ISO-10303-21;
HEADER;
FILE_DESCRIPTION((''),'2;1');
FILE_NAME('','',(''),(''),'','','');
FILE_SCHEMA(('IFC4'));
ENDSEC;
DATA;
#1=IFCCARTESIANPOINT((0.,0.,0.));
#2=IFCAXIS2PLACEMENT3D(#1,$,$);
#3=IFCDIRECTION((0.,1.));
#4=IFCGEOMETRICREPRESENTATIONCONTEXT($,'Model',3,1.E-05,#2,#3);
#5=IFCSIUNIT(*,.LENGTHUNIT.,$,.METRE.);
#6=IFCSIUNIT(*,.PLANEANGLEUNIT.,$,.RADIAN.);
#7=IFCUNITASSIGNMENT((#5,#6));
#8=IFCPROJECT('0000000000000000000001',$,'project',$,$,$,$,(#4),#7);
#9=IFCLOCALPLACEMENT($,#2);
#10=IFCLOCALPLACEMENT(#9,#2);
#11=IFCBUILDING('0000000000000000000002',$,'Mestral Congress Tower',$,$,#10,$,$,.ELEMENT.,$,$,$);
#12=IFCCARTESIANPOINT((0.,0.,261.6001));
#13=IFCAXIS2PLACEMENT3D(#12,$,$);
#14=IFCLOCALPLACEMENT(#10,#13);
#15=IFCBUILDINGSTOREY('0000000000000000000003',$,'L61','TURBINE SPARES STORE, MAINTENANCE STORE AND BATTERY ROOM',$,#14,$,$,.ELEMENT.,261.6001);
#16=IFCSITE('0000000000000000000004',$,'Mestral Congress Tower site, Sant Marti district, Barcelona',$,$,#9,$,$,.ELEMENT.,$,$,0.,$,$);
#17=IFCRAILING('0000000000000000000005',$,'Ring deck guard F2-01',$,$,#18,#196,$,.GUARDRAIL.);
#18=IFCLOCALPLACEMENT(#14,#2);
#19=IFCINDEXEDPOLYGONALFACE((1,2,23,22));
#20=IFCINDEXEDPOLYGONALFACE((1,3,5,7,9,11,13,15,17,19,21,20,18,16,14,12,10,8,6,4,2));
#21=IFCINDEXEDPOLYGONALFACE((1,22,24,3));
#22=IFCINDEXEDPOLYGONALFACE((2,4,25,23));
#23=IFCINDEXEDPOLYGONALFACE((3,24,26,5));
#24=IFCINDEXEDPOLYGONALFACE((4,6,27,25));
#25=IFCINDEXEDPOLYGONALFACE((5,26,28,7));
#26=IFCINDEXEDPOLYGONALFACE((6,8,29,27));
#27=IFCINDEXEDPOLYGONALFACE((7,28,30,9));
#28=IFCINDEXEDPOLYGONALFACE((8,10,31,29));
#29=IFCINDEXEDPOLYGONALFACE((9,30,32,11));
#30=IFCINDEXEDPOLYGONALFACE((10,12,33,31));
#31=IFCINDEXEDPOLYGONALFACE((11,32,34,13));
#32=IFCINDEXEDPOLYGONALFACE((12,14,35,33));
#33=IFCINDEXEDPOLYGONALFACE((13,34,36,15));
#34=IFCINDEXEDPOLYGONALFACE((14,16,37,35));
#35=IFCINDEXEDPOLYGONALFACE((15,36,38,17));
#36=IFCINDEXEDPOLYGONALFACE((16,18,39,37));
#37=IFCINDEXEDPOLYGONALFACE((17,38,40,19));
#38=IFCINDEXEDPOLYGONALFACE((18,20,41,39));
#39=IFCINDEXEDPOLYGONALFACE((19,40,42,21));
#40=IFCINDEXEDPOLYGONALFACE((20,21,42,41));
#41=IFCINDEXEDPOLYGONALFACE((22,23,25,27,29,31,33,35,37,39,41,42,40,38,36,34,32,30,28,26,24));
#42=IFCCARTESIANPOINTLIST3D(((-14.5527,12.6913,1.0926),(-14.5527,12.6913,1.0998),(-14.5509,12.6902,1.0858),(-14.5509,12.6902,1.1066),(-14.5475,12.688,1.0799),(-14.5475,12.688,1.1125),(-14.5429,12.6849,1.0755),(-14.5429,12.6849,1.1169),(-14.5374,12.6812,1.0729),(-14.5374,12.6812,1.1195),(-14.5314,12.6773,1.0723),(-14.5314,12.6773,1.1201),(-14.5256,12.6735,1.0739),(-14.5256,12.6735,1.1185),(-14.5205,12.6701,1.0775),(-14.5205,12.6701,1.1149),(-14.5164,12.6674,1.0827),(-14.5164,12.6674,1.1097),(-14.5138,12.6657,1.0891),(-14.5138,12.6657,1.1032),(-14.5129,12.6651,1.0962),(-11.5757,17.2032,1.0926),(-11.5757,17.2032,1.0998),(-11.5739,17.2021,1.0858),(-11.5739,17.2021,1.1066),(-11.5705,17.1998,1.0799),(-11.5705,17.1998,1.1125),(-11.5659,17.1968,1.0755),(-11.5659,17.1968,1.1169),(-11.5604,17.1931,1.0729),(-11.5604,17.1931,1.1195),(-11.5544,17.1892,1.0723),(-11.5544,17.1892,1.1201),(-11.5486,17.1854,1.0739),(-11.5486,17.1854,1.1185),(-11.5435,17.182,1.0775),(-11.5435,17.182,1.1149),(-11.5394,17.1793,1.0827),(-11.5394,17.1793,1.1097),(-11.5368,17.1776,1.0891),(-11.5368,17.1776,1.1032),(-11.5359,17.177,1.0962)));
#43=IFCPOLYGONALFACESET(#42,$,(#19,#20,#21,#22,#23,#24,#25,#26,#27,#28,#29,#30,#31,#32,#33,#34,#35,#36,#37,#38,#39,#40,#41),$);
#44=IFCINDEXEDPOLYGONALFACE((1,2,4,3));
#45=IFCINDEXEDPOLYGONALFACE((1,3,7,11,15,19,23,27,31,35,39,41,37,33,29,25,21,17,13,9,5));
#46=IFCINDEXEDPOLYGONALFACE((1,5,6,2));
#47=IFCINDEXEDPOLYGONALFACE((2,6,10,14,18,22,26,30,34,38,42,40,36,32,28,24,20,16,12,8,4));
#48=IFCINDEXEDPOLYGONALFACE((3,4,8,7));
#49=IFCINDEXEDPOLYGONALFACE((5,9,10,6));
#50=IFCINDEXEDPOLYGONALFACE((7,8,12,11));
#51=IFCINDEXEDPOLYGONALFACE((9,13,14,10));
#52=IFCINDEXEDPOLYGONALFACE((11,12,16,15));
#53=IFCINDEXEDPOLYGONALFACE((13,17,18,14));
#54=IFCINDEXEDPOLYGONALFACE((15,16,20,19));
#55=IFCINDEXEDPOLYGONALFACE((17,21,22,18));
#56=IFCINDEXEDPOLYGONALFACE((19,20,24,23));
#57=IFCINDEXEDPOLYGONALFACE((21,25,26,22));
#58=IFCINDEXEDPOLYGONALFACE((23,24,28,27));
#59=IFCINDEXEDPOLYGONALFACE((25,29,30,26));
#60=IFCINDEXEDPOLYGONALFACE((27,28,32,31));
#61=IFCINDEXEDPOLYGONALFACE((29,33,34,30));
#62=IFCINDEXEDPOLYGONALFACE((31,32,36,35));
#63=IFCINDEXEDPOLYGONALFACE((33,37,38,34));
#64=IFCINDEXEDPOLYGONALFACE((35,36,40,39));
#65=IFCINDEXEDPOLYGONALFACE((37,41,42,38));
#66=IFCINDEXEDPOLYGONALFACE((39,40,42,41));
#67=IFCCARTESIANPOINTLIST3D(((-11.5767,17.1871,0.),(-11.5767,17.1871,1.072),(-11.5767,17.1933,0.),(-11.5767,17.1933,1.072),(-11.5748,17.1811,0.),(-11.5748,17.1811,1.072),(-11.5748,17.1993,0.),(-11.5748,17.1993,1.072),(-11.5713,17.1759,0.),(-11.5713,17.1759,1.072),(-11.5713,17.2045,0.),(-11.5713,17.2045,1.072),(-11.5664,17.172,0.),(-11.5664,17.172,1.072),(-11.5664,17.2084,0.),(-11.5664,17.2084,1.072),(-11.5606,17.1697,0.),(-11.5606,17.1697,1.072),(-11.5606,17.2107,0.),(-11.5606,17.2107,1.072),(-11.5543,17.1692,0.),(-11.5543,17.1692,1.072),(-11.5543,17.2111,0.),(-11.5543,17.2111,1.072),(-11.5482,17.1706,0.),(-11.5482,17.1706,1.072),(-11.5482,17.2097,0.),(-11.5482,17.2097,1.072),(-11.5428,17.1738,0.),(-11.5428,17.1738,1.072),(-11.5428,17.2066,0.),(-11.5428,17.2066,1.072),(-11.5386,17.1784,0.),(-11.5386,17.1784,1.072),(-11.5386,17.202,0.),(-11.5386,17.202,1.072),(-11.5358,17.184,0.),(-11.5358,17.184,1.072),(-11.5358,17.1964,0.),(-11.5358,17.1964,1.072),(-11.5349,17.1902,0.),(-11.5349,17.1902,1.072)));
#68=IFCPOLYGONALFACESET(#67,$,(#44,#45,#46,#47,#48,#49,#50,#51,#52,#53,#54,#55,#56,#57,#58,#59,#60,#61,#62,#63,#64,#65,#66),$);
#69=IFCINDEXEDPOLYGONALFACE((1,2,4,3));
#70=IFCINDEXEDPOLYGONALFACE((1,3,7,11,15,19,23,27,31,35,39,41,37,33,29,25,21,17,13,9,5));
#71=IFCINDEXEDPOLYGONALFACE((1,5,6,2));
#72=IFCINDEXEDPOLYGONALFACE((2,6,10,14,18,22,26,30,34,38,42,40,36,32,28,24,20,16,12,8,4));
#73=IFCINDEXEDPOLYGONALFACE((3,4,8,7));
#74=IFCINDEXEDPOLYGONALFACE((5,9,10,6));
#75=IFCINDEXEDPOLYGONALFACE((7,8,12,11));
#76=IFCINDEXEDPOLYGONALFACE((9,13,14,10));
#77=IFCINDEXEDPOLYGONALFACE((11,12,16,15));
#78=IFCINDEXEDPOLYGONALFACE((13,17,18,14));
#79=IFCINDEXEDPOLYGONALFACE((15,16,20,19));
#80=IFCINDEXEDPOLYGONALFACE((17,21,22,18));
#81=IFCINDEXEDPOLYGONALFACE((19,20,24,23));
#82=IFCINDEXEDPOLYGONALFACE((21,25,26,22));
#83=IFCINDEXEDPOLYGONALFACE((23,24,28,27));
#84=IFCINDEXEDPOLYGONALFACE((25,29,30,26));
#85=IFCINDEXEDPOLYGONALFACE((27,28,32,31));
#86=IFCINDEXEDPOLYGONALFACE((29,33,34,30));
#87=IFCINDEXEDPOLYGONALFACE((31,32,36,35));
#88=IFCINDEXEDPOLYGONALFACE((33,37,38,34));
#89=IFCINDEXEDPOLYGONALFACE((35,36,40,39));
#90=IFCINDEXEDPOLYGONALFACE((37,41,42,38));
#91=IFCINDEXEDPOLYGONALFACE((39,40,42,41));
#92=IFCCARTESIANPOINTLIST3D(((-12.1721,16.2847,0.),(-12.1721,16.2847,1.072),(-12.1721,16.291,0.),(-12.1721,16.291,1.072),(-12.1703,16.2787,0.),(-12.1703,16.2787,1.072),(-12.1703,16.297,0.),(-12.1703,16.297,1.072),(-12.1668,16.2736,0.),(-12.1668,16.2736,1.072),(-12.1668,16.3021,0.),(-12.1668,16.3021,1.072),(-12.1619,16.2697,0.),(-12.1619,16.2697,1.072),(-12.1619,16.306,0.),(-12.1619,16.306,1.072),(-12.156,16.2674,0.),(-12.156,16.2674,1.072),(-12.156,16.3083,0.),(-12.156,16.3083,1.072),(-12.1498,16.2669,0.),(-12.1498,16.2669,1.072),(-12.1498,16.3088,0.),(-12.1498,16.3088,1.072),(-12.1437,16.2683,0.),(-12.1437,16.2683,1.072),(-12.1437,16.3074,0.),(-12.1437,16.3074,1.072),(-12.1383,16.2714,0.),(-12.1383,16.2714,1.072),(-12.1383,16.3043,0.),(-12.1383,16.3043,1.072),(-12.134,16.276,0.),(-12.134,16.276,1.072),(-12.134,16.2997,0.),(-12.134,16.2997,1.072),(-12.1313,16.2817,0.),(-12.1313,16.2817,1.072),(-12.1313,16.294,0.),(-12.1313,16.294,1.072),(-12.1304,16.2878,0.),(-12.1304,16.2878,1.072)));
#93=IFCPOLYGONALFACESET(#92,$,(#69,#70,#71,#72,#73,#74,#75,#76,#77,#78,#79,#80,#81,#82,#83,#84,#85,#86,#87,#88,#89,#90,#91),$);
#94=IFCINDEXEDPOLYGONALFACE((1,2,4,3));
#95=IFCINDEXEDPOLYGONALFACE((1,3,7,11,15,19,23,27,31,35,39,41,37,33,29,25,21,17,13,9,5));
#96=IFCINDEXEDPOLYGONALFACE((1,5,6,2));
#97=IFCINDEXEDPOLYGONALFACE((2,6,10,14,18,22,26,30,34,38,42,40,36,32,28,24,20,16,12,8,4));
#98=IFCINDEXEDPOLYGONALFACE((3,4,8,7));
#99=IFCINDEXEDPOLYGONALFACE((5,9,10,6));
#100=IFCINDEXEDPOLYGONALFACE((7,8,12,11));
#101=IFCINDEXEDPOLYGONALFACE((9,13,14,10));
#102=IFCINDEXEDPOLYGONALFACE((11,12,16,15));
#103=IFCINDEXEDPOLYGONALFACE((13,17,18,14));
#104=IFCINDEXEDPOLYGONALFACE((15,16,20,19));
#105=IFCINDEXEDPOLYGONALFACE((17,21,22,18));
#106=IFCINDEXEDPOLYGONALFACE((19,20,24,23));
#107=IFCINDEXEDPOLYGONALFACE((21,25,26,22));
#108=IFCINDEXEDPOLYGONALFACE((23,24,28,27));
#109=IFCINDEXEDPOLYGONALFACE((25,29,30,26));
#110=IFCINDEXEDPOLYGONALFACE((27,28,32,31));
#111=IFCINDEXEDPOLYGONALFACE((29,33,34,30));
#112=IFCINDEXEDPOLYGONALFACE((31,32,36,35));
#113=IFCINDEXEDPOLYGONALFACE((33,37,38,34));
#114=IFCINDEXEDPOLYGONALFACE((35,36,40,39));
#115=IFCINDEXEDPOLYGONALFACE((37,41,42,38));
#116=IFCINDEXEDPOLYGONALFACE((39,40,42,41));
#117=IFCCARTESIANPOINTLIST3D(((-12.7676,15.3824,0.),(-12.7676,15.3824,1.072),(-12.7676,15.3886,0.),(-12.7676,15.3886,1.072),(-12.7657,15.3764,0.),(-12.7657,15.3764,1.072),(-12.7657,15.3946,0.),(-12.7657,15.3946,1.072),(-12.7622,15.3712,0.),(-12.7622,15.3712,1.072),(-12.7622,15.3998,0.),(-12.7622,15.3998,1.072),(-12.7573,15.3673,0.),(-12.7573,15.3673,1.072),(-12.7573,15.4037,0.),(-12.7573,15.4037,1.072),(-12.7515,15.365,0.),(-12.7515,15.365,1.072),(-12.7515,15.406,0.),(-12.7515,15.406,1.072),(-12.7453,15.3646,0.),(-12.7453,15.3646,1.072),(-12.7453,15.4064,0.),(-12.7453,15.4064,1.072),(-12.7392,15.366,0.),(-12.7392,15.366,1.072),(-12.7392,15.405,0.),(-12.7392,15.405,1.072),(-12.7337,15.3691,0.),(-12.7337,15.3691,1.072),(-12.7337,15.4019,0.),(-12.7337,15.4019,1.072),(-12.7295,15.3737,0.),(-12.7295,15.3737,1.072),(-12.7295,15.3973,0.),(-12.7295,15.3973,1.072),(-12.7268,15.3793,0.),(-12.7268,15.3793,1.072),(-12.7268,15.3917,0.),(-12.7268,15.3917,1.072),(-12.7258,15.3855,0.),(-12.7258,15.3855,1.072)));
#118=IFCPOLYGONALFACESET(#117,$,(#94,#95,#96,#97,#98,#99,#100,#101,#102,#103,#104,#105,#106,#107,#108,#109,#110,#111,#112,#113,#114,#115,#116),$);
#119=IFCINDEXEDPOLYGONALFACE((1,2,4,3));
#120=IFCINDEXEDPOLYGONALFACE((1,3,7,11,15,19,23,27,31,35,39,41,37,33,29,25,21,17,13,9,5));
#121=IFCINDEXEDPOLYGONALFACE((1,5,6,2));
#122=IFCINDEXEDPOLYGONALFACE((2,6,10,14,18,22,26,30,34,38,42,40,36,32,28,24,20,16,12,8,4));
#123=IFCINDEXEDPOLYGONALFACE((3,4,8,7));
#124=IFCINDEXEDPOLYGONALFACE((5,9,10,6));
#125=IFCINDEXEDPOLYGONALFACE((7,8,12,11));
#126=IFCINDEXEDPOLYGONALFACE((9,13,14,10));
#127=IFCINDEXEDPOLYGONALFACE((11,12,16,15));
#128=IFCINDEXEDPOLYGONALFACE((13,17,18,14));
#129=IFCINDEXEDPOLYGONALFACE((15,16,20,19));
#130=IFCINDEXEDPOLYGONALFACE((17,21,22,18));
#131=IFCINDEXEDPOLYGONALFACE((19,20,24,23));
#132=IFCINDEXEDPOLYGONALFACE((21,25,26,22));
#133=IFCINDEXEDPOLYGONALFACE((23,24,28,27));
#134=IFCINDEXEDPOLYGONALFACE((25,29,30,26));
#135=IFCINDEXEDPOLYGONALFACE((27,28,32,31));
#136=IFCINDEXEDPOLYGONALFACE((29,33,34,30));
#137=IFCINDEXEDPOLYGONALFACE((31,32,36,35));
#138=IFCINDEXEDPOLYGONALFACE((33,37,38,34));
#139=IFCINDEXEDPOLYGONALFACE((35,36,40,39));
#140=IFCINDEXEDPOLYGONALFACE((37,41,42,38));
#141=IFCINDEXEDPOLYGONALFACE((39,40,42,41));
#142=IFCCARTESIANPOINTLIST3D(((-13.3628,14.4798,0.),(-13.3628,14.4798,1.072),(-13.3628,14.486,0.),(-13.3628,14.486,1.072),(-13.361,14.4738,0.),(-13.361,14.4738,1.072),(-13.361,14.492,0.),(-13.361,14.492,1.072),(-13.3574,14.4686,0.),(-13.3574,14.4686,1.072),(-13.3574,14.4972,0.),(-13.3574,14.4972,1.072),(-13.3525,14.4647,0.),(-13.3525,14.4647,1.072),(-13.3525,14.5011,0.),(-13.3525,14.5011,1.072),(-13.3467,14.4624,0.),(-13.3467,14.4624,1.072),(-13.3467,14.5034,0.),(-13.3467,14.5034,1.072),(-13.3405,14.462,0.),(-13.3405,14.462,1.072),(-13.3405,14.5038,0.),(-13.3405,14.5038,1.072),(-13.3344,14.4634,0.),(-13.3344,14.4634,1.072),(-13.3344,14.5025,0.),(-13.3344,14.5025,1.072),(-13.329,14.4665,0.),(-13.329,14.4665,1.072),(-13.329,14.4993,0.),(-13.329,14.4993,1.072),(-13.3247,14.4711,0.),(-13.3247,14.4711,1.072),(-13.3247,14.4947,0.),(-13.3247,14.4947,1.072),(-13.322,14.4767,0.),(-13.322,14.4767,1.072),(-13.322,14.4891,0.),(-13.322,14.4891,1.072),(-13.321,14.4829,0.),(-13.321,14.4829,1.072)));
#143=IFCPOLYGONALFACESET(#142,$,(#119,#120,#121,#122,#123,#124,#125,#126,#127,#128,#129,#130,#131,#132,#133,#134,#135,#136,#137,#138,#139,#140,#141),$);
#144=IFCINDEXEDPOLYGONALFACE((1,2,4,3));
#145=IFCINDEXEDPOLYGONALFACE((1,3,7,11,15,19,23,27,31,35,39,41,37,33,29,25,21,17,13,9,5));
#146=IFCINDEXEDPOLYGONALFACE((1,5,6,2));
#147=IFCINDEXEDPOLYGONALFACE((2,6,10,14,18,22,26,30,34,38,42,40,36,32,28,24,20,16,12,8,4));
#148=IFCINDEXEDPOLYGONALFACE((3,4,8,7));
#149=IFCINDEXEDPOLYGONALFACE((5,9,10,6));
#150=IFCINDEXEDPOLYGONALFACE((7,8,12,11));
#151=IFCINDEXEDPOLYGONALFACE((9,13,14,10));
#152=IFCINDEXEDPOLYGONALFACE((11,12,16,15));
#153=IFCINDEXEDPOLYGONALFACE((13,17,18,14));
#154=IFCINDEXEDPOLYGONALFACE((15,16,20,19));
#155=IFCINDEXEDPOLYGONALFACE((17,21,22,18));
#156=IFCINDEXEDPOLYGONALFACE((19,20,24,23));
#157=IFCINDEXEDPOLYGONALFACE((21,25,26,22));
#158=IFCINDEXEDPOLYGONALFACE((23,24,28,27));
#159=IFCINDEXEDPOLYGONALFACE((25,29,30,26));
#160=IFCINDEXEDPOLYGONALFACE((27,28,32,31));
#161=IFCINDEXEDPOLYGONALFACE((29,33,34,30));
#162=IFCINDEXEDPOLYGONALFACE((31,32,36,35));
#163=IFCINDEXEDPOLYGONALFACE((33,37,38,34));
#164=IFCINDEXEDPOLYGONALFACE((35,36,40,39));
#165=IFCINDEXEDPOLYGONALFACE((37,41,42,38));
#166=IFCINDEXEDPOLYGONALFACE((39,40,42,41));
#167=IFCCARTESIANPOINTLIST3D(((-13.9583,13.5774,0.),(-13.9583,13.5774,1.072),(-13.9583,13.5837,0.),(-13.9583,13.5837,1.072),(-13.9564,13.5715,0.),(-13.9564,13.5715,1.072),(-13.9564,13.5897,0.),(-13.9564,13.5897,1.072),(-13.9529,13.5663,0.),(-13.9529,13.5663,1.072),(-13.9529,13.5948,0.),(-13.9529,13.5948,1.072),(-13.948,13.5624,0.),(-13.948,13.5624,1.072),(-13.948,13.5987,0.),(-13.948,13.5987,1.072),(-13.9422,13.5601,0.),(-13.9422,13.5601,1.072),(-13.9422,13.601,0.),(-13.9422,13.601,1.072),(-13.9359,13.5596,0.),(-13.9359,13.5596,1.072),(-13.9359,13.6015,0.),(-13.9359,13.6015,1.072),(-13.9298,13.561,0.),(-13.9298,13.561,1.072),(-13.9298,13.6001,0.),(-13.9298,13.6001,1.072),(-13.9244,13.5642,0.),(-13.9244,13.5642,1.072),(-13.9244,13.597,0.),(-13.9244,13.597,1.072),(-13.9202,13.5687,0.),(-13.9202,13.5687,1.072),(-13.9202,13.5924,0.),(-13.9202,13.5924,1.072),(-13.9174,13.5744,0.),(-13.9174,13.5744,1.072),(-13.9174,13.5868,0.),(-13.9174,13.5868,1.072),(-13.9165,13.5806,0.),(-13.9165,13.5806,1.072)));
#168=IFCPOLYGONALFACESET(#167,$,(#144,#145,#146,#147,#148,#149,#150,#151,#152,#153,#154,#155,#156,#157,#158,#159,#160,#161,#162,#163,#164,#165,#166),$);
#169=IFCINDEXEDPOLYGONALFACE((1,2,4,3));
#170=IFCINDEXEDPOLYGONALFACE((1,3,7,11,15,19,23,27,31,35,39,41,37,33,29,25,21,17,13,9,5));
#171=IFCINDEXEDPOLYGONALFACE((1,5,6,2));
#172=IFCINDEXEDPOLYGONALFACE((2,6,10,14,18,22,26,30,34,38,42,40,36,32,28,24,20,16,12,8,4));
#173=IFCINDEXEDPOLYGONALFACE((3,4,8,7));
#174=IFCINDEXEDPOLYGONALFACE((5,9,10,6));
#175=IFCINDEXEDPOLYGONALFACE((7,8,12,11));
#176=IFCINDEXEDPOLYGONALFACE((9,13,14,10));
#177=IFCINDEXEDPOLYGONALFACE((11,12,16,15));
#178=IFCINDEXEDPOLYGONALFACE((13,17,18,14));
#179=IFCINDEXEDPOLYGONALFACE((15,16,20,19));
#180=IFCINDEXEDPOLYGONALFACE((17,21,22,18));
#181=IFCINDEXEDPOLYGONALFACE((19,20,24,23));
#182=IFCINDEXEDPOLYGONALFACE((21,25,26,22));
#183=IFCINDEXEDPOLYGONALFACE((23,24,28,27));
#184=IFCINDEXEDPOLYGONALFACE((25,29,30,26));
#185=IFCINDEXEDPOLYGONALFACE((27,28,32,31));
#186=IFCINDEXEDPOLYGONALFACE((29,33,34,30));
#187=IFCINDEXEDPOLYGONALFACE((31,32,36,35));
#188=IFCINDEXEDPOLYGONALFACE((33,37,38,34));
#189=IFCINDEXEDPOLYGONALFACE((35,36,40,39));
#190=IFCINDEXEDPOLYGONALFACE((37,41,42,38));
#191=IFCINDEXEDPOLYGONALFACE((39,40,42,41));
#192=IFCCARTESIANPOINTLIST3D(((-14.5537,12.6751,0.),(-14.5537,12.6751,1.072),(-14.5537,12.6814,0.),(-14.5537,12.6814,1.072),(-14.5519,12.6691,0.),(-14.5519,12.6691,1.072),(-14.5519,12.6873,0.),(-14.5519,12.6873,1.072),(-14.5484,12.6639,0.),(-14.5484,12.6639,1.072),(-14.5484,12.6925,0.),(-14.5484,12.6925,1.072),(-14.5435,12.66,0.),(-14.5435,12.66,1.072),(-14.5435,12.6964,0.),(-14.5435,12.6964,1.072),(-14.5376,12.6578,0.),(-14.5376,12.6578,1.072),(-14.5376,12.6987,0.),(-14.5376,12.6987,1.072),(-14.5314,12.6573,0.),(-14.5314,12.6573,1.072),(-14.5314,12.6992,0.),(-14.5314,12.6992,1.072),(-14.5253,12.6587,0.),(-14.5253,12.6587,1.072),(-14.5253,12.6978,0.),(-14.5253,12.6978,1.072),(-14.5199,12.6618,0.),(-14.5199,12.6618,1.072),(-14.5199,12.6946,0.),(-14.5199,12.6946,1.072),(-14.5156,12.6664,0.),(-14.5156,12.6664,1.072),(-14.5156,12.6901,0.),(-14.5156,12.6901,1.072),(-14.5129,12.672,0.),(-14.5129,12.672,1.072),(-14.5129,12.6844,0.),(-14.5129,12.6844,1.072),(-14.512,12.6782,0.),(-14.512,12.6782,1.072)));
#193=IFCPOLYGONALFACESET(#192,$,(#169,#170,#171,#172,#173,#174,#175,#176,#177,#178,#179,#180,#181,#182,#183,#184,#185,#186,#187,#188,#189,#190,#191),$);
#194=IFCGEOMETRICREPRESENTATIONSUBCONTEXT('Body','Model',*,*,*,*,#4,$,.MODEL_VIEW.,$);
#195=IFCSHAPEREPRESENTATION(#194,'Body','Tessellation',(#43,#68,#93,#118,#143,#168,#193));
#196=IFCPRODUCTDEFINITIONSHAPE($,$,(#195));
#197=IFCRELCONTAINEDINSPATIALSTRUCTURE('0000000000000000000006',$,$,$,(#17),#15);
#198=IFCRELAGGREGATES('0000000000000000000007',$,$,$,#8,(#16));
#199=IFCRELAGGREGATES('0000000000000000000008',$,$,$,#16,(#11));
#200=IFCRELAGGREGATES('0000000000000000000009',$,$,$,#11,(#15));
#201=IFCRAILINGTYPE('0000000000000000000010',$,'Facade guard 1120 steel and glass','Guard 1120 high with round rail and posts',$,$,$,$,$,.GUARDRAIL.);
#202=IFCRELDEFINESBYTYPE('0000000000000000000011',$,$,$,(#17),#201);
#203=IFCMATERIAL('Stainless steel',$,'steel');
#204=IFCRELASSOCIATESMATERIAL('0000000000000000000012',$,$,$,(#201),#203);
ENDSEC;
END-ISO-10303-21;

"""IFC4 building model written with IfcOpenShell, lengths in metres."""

from ifc_helpers import new_model, si_unit, direction, frame, origin, origin_2d, place, context, subcontext, project, spatial, circle, extrude, material, type_object, element, save


model = new_model("IFC4")

# Units and contexts
model_context = context("Model", 3, precision=1e-05, world=origin(), true_north=direction((0.0, 1.0)))
body_context = subcontext(model_context, "Body", "Model", "MODEL_VIEW")
ifc_project = project(units=[si_unit("LENGTHUNIT", "METRE"), si_unit("PLANEANGLEUNIT", "RADIAN")], contexts=[model_context])

# Site, building, storey
site_placement = place(None, origin())
site = spatial("IfcSite", under=ifc_project, at=site_placement, Name="Mestral Congress Tower site, Sant Marti district, Barcelona", CompositionType="ELEMENT", RefElevation=0.0)
building_placement = place(site_placement, origin())
building = spatial("IfcBuilding", under=site, at=building_placement, Name="Mestral Congress Tower", CompositionType="ELEMENT")
storey_placement = place(building_placement, frame((0.0, 0.0, 261.6001)))
storey = spatial("IfcBuildingStorey", under=building, at=storey_placement, Name="L61", Description="TURBINE SPARES STORE, MAINTENANCE STORE AND BATTERY ROOM", CompositionType="ELEMENT", Elevation=261.6001)

# Railing
ifc_material_1 = material(Name="Stainless steel", Category="steel")
railing_type_1 = type_object("IfcRailingType", Name="Facade guard 1120 steel and glass", Description="Guard 1120 high with round rail and posts", PredefinedType="GUARDRAIL", material=ifc_material_1)
railing_1_placement = place(storey_placement, frame((-11.5559, 17.1902, 0.0)))
element("IfcRailing", 1, at=railing_1_placement, inside=storey, type_object=railing_type_1, Name="Ring deck guard F2-01", PredefinedType="GUARDRAIL", context=body_context, shape_type="SweptSolid", body=[
    extrude(circle(Radius=0.0239, at=origin_2d()), frame((0.0, 0.0, 1.0962), z_axis=(-0.550733, -0.834681, 0.0), x_axis=(0.834681, -0.550733, 0.0)), (0.0, 0.0, 1.0), 5.4055),
    extrude(circle(Radius=0.021, at=origin_2d()), origin(), (0.0, 0.0, 1.0), 1.072),
    extrude(circle(Radius=0.021, at=origin_2d()), frame((-0.5955, -0.9023, 0.0)), (0.0, 0.0, 1.0), 1.072),
    extrude(circle(Radius=0.021, at=origin_2d()), frame((-1.1909, -1.8047, 0.0)), (0.0, 0.0, 1.0), 1.072),
    extrude(circle(Radius=0.021, at=origin_2d()), frame((-1.7861, -2.7073, 0.0)), (0.0, 0.0, 1.0), 1.072),
    extrude(circle(Radius=0.021, at=origin_2d()), frame((-2.3816, -3.6096, 0.0)), (0.0, 0.0, 1.0), 1.072),
    extrude(circle(Radius=0.021, at=origin_2d()), frame((-2.9771, -4.512, 0.0)), (0.0, 0.0, 1.0), 1.072),
])

save(model, "model.ifc")
